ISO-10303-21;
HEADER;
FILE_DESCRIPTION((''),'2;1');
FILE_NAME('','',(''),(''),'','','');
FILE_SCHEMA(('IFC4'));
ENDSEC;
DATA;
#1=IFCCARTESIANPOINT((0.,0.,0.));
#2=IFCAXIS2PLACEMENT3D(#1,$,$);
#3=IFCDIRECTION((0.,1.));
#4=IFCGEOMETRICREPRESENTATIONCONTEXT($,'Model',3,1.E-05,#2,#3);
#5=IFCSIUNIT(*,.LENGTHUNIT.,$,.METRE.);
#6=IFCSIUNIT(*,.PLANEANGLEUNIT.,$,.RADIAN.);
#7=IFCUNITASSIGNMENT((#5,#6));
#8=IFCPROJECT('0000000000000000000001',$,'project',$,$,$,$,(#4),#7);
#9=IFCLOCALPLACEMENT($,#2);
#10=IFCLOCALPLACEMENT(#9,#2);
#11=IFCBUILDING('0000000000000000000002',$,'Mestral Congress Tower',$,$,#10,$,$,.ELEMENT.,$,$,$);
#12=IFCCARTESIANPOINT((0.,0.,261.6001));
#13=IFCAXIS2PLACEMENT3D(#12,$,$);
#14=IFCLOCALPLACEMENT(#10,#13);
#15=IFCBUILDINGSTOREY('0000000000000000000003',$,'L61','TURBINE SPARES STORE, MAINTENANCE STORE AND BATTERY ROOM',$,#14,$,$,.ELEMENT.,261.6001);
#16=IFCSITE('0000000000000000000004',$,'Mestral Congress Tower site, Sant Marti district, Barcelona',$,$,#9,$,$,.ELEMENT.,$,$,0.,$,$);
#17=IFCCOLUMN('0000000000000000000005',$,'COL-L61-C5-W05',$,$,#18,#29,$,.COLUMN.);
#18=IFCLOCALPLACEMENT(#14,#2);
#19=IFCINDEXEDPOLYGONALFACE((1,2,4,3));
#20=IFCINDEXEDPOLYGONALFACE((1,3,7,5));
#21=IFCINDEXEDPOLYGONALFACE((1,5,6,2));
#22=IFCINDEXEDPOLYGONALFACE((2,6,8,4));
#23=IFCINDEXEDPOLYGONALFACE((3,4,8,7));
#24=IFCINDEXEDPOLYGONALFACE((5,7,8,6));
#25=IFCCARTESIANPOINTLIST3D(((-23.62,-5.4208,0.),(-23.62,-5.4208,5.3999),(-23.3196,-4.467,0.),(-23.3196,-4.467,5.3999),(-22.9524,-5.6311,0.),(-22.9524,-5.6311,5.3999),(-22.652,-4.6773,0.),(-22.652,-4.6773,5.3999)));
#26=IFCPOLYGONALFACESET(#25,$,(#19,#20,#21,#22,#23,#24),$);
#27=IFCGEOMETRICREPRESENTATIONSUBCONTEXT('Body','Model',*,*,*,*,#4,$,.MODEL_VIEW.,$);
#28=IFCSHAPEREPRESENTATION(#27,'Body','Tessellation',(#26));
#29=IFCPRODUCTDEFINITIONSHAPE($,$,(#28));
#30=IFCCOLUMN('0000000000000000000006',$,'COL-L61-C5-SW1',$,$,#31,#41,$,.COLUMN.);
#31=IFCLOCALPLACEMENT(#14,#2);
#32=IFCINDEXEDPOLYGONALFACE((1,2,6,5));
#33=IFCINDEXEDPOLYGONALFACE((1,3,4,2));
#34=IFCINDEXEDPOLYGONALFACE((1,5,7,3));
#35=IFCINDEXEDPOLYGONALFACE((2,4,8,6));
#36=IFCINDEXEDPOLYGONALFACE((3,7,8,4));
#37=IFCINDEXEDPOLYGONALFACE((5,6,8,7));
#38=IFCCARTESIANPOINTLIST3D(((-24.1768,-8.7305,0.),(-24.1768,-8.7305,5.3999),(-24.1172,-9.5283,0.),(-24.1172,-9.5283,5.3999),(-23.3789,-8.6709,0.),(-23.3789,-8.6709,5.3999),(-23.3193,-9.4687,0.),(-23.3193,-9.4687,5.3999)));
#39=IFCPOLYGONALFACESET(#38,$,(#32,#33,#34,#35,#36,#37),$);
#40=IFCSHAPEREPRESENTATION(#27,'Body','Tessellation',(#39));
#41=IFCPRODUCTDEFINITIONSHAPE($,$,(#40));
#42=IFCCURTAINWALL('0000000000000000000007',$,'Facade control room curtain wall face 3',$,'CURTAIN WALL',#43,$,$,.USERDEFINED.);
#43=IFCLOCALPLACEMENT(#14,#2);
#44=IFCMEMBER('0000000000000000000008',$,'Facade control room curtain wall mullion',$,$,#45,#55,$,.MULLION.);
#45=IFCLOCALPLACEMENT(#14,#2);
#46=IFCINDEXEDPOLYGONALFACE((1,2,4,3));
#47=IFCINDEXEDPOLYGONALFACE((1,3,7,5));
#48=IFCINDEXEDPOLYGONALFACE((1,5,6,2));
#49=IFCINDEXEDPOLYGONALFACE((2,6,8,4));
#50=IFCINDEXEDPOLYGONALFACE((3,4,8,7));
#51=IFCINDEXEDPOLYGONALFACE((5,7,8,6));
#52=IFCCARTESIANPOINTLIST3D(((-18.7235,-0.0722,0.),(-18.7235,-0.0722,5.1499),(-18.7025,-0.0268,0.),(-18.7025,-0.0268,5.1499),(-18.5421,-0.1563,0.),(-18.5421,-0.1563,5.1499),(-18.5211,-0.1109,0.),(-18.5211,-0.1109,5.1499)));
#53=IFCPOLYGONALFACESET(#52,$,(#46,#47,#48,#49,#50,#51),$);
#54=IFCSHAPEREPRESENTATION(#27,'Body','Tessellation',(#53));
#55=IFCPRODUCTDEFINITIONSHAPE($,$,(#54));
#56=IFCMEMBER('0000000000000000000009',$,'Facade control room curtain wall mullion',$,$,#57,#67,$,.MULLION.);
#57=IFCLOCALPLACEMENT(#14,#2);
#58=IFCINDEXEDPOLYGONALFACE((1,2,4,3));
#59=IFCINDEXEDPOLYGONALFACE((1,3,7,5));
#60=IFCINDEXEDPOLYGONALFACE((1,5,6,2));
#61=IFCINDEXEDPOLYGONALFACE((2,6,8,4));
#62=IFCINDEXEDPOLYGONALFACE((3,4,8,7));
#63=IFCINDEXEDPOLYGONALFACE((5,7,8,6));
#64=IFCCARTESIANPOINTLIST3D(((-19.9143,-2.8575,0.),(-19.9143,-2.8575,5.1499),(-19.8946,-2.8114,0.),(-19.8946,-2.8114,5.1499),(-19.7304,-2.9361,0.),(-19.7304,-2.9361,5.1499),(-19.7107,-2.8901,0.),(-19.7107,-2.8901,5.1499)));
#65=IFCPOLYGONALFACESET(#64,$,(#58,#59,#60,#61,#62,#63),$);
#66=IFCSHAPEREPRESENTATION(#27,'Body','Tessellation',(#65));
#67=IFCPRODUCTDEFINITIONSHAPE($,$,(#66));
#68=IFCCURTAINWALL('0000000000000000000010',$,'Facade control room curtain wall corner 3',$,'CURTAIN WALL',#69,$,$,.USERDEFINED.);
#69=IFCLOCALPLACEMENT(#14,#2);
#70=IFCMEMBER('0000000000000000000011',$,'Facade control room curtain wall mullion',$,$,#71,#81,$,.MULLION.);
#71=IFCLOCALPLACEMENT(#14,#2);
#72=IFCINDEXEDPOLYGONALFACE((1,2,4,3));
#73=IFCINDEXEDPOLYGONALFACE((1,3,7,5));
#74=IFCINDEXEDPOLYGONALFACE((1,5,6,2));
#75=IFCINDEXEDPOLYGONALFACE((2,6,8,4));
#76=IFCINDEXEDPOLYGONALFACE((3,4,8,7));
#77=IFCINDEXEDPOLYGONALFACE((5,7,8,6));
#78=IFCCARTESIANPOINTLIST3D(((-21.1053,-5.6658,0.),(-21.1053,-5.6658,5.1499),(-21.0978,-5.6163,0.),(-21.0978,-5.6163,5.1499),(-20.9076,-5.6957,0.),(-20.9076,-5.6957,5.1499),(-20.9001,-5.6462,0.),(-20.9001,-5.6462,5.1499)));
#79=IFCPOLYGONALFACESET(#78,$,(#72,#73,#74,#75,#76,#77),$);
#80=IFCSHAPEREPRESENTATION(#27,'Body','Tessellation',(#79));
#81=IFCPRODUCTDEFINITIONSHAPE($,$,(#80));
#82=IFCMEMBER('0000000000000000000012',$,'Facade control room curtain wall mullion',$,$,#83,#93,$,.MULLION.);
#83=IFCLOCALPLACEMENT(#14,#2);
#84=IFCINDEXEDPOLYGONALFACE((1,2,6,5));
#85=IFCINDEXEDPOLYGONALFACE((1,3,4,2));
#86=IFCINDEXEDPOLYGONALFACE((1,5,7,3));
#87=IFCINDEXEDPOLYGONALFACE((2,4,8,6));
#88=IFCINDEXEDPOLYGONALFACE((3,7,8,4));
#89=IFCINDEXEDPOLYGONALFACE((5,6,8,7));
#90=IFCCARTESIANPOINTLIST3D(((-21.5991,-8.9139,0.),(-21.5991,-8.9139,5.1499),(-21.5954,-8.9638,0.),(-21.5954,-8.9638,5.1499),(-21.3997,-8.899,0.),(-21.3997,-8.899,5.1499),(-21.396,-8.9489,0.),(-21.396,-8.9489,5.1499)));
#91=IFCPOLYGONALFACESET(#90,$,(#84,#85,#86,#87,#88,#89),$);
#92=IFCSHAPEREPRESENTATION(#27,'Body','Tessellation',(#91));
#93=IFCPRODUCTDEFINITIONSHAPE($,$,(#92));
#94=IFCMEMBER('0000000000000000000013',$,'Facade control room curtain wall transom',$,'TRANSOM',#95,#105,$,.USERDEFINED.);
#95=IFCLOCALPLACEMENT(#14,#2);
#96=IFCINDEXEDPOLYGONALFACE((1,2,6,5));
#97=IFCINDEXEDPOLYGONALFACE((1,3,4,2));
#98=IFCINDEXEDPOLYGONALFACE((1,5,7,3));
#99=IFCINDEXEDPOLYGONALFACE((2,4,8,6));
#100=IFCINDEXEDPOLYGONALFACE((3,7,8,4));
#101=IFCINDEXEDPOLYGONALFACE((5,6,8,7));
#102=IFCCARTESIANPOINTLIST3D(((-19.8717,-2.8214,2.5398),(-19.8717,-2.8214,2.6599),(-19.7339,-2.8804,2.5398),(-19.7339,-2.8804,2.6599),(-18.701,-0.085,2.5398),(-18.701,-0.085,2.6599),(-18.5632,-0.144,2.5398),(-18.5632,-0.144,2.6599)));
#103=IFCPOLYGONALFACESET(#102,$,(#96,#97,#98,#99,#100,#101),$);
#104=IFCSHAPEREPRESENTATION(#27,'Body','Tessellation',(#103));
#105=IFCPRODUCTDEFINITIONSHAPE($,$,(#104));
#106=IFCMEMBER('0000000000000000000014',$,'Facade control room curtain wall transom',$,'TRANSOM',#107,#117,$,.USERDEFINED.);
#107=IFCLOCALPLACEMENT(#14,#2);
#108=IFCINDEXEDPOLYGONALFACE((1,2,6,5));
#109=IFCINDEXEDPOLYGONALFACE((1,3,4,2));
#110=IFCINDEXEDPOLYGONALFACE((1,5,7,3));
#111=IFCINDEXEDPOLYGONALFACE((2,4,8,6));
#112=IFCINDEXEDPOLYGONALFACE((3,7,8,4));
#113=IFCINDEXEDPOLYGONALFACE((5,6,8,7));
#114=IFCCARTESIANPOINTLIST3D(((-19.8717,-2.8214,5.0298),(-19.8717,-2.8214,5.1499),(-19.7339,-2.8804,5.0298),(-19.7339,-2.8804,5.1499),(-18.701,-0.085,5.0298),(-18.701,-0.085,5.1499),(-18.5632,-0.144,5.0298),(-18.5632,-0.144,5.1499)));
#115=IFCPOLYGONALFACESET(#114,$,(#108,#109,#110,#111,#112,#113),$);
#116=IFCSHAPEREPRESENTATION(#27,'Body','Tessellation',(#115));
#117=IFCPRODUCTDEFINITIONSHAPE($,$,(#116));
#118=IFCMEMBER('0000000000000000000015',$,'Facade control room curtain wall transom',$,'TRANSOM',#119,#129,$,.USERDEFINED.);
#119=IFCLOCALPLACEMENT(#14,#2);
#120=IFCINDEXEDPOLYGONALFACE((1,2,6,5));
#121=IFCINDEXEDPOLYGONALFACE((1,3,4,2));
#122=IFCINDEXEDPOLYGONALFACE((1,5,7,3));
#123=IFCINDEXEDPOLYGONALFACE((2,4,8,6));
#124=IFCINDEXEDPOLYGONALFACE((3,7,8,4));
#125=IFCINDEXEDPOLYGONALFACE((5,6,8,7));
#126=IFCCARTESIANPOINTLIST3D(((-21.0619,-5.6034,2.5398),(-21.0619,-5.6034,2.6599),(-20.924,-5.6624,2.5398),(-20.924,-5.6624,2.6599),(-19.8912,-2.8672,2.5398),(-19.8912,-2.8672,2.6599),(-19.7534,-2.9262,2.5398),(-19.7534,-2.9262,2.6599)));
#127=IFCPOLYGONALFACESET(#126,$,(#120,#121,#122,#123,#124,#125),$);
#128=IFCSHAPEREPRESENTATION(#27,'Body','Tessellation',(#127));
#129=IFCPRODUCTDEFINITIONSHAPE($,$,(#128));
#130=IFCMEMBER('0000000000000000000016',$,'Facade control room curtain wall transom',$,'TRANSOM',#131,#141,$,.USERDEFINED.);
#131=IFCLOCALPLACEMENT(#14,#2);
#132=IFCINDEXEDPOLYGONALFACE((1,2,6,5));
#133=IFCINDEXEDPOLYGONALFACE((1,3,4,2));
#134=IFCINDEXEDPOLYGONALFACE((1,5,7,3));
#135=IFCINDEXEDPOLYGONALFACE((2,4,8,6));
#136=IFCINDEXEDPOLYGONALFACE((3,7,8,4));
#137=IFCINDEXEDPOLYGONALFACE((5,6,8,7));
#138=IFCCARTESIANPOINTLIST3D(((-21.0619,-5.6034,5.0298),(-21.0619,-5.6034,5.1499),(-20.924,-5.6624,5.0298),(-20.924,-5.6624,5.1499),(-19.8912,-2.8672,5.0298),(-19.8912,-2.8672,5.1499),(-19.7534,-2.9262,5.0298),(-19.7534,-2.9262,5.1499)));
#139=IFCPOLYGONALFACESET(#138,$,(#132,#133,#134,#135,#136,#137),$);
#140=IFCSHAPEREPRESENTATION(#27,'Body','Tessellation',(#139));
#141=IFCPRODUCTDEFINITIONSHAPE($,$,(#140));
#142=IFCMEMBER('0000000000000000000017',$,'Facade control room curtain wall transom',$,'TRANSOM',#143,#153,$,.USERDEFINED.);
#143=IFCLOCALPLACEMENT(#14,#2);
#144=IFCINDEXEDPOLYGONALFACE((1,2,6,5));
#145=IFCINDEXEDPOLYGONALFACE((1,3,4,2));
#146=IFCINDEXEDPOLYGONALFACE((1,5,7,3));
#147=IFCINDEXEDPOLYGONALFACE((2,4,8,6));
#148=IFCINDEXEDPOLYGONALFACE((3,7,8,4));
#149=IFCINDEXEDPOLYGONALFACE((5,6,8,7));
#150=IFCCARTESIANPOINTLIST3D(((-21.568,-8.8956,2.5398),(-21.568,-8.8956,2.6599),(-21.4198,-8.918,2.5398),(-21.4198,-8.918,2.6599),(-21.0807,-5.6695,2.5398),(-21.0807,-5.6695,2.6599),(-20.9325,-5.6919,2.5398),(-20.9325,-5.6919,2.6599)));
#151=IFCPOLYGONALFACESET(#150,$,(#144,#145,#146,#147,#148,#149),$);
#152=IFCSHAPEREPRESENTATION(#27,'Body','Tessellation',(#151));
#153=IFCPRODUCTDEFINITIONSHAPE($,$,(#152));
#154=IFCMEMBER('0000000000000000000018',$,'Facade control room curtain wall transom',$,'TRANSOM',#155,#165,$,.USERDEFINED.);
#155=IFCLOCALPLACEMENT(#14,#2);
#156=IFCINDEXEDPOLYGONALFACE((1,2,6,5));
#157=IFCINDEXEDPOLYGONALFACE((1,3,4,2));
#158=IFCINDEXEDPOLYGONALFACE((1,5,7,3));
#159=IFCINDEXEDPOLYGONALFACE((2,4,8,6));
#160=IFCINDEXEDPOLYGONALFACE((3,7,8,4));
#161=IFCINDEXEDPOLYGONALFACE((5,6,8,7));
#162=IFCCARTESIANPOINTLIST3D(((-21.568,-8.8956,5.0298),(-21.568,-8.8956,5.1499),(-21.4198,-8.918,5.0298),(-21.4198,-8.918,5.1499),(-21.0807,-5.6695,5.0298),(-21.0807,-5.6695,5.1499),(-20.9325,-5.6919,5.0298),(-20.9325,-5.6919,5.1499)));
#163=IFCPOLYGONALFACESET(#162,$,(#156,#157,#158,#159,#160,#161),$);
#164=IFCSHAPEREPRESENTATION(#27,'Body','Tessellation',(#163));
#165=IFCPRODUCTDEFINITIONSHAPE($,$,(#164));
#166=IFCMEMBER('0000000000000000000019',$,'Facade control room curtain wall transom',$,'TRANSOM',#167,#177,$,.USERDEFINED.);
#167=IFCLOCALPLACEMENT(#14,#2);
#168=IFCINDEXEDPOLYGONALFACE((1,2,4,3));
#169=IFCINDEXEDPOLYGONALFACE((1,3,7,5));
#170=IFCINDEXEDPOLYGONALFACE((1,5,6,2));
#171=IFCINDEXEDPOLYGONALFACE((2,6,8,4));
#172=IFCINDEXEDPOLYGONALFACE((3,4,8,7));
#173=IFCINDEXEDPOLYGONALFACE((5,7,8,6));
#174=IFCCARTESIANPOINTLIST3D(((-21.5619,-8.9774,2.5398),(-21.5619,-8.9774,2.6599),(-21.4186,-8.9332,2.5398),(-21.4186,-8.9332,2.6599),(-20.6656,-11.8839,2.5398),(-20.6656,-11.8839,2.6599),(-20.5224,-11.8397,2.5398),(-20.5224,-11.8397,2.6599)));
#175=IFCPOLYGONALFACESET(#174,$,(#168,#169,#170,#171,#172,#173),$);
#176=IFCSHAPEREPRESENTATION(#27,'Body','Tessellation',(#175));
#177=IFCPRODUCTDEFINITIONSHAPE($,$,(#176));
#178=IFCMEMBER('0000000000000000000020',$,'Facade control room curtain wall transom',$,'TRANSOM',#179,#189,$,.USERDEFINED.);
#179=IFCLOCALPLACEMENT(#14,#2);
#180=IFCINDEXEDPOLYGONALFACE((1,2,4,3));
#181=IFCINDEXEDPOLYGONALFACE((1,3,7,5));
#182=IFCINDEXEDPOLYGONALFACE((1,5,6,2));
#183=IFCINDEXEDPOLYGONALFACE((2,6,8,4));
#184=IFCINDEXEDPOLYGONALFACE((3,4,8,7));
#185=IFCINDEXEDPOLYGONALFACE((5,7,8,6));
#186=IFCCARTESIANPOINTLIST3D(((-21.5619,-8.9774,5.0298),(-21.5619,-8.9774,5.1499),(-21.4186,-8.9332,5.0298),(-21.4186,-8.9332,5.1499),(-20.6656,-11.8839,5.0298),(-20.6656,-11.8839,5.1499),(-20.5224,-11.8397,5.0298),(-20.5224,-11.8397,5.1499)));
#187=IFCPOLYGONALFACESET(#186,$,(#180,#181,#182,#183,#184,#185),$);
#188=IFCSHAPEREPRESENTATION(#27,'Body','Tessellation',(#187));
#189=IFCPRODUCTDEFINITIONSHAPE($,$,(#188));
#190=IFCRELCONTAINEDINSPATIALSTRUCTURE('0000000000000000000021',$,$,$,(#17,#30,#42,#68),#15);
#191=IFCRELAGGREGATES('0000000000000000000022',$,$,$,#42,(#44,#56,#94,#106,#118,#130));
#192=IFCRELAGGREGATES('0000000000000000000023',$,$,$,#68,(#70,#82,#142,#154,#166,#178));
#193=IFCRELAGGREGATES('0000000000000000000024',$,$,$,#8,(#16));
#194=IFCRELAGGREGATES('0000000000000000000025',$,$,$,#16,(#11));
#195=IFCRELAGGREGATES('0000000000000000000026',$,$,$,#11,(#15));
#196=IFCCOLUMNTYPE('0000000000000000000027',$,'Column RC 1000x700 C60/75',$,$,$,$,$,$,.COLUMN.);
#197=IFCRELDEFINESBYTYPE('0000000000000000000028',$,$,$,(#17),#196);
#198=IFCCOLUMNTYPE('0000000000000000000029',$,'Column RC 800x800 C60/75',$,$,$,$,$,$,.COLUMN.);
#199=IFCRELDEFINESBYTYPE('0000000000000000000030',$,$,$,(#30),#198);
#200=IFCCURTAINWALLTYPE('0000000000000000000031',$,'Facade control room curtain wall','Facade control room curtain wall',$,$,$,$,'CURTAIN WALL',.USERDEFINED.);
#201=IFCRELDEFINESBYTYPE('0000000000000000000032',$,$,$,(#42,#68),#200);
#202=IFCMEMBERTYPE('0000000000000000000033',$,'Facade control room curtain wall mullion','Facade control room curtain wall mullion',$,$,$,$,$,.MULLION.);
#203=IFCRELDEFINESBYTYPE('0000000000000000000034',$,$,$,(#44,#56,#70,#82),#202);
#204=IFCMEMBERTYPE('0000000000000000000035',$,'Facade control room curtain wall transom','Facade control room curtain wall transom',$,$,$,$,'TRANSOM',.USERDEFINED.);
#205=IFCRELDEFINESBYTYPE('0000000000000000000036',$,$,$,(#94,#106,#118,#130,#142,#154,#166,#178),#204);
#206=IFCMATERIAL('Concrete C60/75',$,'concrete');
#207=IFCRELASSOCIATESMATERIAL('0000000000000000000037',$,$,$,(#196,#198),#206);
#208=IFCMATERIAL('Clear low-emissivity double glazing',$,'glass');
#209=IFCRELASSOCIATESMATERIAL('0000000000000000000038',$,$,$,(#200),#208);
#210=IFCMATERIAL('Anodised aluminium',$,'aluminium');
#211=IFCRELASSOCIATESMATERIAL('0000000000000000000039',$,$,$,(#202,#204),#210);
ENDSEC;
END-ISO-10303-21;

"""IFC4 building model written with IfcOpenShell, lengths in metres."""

from ifc_helpers import new_model, si_unit, direction, frame, origin, origin_2d, place, context, subcontext, project, spatial, rectangle, extrude, material, material_profile, profile_set, type_object, element, aggregate, save


model = new_model("IFC4")

# Units and contexts
model_context = context("Model", 3, precision=1e-05, world=origin(), true_north=direction((0.0, 1.0)))
body_context = subcontext(model_context, "Body", "Model", "MODEL_VIEW")
ifc_project = project(units=[si_unit("LENGTHUNIT", "METRE"), si_unit("PLANEANGLEUNIT", "RADIAN")], contexts=[model_context])

# Site, building, storey
site_placement = place(None, origin())
site = spatial("IfcSite", under=ifc_project, at=site_placement, Name="Mestral Congress Tower site, Sant Marti district, Barcelona", CompositionType="ELEMENT", RefElevation=0.0)
building_placement = place(site_placement, origin())
building = spatial("IfcBuilding", under=site, at=building_placement, Name="Mestral Congress Tower", CompositionType="ELEMENT")
storey_placement = place(building_placement, frame((0.0, 0.0, 261.6001)))
storey = spatial("IfcBuildingStorey", under=building, at=storey_placement, Name="L61", Description="TURBINE SPARES STORE, MAINTENANCE STORE AND BATTERY ROOM", CompositionType="ELEMENT", Elevation=261.6001)

# Columns
ifc_material_1 = material(Name="Concrete C60/75", Category="concrete")
ifc_material_profile_1 = material_profile(ifc_material_1, rectangle(XDim=1.0, YDim=0.7, at=origin_2d()), Name="RC 1000x700")
ifc_profile_set_1 = profile_set([ifc_material_profile_1], Name="Concrete C60/75")
column_type_1 = type_object("IfcColumnType", Name="Column RC 1000x700 C60/75", PredefinedType="COLUMN", material=ifc_profile_set_1)
column_1_placement = place(storey_placement, frame((-23.136, -5.0491, 0.0), z_axis=(0.0, 0.0, 1.0), x_axis=(-0.300431, -0.953804, 0.0)))
element("IfcColumn", 1, at=column_1_placement, inside=storey, type_object=column_type_1, Name="COL-L61-C5-W05", PredefinedType="COLUMN", context=body_context, shape_type="SweptSolid", body=[
    extrude(rectangle(XDim=1.0, YDim=0.7, at=origin_2d()), origin(), (0.0, 0.0, 1.0), 5.3999),
])
ifc_material_profile_2 = material_profile(ifc_material_1, rectangle(XDim=0.8, YDim=0.8, at=origin_2d()), Name="RC 800x800")
ifc_profile_set_2 = profile_set([ifc_material_profile_2], Name="Concrete C60/75")
column_type_2 = type_object("IfcColumnType", Name="Column RC 800x800 C60/75", PredefinedType="COLUMN", material=ifc_profile_set_2)
column_2_placement = place(storey_placement, frame((-23.748, -9.0996, 0.0), z_axis=(0.0, 0.0, 1.0), x_axis=(0.074511, -0.99722, 0.0)))
element("IfcColumn", 2, at=column_2_placement, inside=storey, type_object=column_type_2, Name="COL-L61-C5-SW1", PredefinedType="COLUMN", context=body_context, shape_type="SweptSolid", body=[
    extrude(rectangle(XDim=0.8, YDim=0.8, at=origin_2d()), origin(), (0.0, 0.0, 1.0), 5.3999),
])

# Curtain walls, members
ifc_material_2 = material(Name="Clear low-emissivity double glazing", Category="glass")
curtain_wall_type = type_object("IfcCurtainWallType", Name="Facade control room curtain wall", Description="Facade control room curtain wall", ElementType="CURTAIN WALL", PredefinedType="USERDEFINED", material=ifc_material_2)
placement = place(storey_placement, origin())
curtain_wall_1 = element("IfcCurtainWall", 3, at=placement, inside=storey, type_object=curtain_wall_type, Name="Facade control room curtain wall face 3", ObjectType="CURTAIN WALL", PredefinedType="USERDEFINED")
ifc_material_3 = material(Name="Anodised aluminium", Category="aluminium")
ifc_material_profile_3 = material_profile(ifc_material_3, rectangle(XDim=0.2, YDim=0.05, at=origin_2d()), Name="CW5 mullion 200 x 50")
ifc_profile_set_3 = profile_set([ifc_material_profile_3], Name="Anodised aluminium")
member_type_1 = type_object("IfcMemberType", Name="Facade control room curtain wall mullion", Description="Facade control room curtain wall mullion", PredefinedType="MULLION", material=ifc_profile_set_3)
member_1_placement = place(storey_placement, frame((-18.6223, -0.0916, 0.0), z_axis=(0.0, 0.0, 1.0), x_axis=(-0.907248, 0.420596, 0.0)))
member_1 = element("IfcMember", 4, at=member_1_placement, type_object=member_type_1, Name="Facade control room curtain wall mullion", PredefinedType="MULLION", context=body_context, shape_type="SweptSolid", body=[
    extrude(rectangle(XDim=0.2, YDim=0.05, at=origin_2d()), origin(), (0.0, 0.0, 1.0), 5.1499),
])
member_2_placement = place(storey_placement, frame((-19.8125, -2.8738, 0.0), z_axis=(0.0, 0.0, 1.0), x_axis=(-0.91939, 0.393348, 0.0)))
member_2 = element("IfcMember", 5, at=member_2_placement, type_object=member_type_1, Name="Facade control room curtain wall mullion", PredefinedType="MULLION", context=body_context, shape_type="SweptSolid", body=[
    extrude(rectangle(XDim=0.2, YDim=0.05, at=origin_2d()), origin(), (0.0, 0.0, 1.0), 5.1499),
])
curtain_wall_2 = element("IfcCurtainWall", 6, at=placement, inside=storey, type_object=curtain_wall_type, Name="Facade control room curtain wall corner 3", ObjectType="CURTAIN WALL", PredefinedType="USERDEFINED")
member_3_placement = place(storey_placement, frame((-21.0027, -5.656, 0.0), z_axis=(0.0, 0.0, 1.0), x_axis=(-0.988782, 0.149368, 0.0)))
member_3 = element("IfcMember", 7, at=member_3_placement, type_object=member_type_1, Name="Facade control room curtain wall mullion", PredefinedType="MULLION", context=body_context, shape_type="SweptSolid", body=[
    extrude(rectangle(XDim=0.2, YDim=0.05, at=origin_2d()), origin(), (0.0, 0.0, 1.0), 5.1499),
])
member_4_placement = place(storey_placement, frame((-21.4976, -8.9314, 0.0), z_axis=(0.0, 0.0, 1.0), x_axis=(-0.99722, -0.074511, 0.0)))
member_4 = element("IfcMember", 8, at=member_4_placement, type_object=member_type_1, Name="Facade control room curtain wall mullion", PredefinedType="MULLION", context=body_context, shape_type="SweptSolid", body=[
    extrude(rectangle(XDim=0.2, YDim=0.05, at=origin_2d()), origin(), (0.0, 0.0, 1.0), 5.1499),
])

# Members
ifc_material_profile_4 = material_profile(ifc_material_3, rectangle(XDim=0.1499, YDim=0.1201, at=origin_2d()), Name="CW5 transom 150 x 120")
ifc_profile_set_4 = profile_set([ifc_material_profile_4], Name="Anodised aluminium")
member_type_2 = type_object("IfcMemberType", Name="Facade control room curtain wall transom", Description="Facade control room curtain wall transom", ElementType="TRANSOM", PredefinedType="USERDEFINED", material=ifc_profile_set_4)
member_5_placement = place(storey_placement, frame((-18.6321, -0.1145, 2.5999), z_axis=(-0.393335, -0.919395, 0.0), x_axis=(0.919395, -0.393335, 0.0)))
member_5 = element("IfcMember", 9, at=member_5_placement, type_object=member_type_2, Name="Facade control room curtain wall transom", ObjectType="TRANSOM", PredefinedType="USERDEFINED", context=body_context, shape_type="SweptSolid", body=[
    extrude(rectangle(XDim=0.1499, YDim=0.1201, at=origin_2d()), origin(), (0.0, 0.0, 1.0), 2.9763),
])
member_6_placement = place(storey_placement, frame((-18.6321, -0.1145, 5.0898), z_axis=(-0.393335, -0.919395, 0.0), x_axis=(0.919395, -0.393335, 0.0)))
member_6 = element("IfcMember", 10, at=member_6_placement, type_object=member_type_2, Name="Facade control room curtain wall transom", ObjectType="TRANSOM", PredefinedType="USERDEFINED", context=body_context, shape_type="SweptSolid", body=[
    extrude(rectangle(XDim=0.1499, YDim=0.1201, at=origin_2d()), origin(), (0.0, 0.0, 1.0), 2.9763),
])
member_7_placement = place(storey_placement, frame((-19.8223, -2.8967, 2.5999), z_axis=(-0.393365, -0.919382, 0.0), x_axis=(0.919382, -0.393365, 0.0)))
member_7 = element("IfcMember", 11, at=member_7_placement, type_object=member_type_2, Name="Facade control room curtain wall transom", ObjectType="TRANSOM", PredefinedType="USERDEFINED", context=body_context, shape_type="SweptSolid", body=[
    extrude(rectangle(XDim=0.1499, YDim=0.1201, at=origin_2d()), origin(), (0.0, 0.0, 1.0), 2.9761),
])
member_8_placement = place(storey_placement, frame((-19.8223, -2.8967, 5.0898), z_axis=(-0.393365, -0.919382, 0.0), x_axis=(0.919382, -0.393365, 0.0)))
member_8 = element("IfcMember", 12, at=member_8_placement, type_object=member_type_2, Name="Facade control room curtain wall transom", ObjectType="TRANSOM", PredefinedType="USERDEFINED", context=body_context, shape_type="SweptSolid", body=[
    extrude(rectangle(XDim=0.1499, YDim=0.1201, at=origin_2d()), origin(), (0.0, 0.0, 1.0), 2.9761),
])
member_9_placement = place(storey_placement, frame((-21.0066, -5.6807, 2.5999), z_axis=(-0.149358, -0.988783, 0.0), x_axis=(0.988783, -0.149358, 0.0)))
member_9 = element("IfcMember", 13, at=member_9_placement, type_object=member_type_2, Name="Facade control room curtain wall transom", ObjectType="TRANSOM", PredefinedType="USERDEFINED", context=body_context, shape_type="SweptSolid", body=[
    extrude(rectangle(XDim=0.1499, YDim=0.1201, at=origin_2d()), origin(), (0.0, 0.0, 1.0), 3.2627),
])
member_10_placement = place(storey_placement, frame((-21.0066, -5.6807, 5.0898), z_axis=(-0.149358, -0.988783, 0.0), x_axis=(0.988783, -0.149358, 0.0)))
member_10 = element("IfcMember", 14, at=member_10_placement, type_object=member_type_2, Name="Facade control room curtain wall transom", ObjectType="TRANSOM", PredefinedType="USERDEFINED", context=body_context, shape_type="SweptSolid", body=[
    extrude(rectangle(XDim=0.1499, YDim=0.1201, at=origin_2d()), origin(), (0.0, 0.0, 1.0), 3.2627),
])
member_11_placement = place(storey_placement, frame((-21.4902, -8.9553, 2.5999), z_axis=(0.294667, -0.9556, 0.0), x_axis=(0.9556, 0.294667, 0.0)))
member_11 = element("IfcMember", 15, at=member_11_placement, type_object=member_type_2, Name="Facade control room curtain wall transom", ObjectType="TRANSOM", PredefinedType="USERDEFINED", context=body_context, shape_type="SweptSolid", body=[
    extrude(rectangle(XDim=0.1499, YDim=0.1201, at=origin_2d()), origin(), (0.0, 0.0, 1.0), 3.0415),
])
member_12_placement = place(storey_placement, frame((-21.4902, -8.9553, 5.0898), z_axis=(0.294667, -0.9556, 0.0), x_axis=(0.9556, 0.294667, 0.0)))
member_12 = element("IfcMember", 16, at=member_12_placement, type_object=member_type_2, Name="Facade control room curtain wall transom", ObjectType="TRANSOM", PredefinedType="USERDEFINED", context=body_context, shape_type="SweptSolid", body=[
    extrude(rectangle(XDim=0.1499, YDim=0.1201, at=origin_2d()), origin(), (0.0, 0.0, 1.0), 3.0415),
])

aggregate(curtain_wall_1, [member_1, member_2, member_5, member_6, member_7, member_8])
aggregate(curtain_wall_2, [member_3, member_4, member_9, member_10, member_11, member_12])

save(model, "model.ifc")
